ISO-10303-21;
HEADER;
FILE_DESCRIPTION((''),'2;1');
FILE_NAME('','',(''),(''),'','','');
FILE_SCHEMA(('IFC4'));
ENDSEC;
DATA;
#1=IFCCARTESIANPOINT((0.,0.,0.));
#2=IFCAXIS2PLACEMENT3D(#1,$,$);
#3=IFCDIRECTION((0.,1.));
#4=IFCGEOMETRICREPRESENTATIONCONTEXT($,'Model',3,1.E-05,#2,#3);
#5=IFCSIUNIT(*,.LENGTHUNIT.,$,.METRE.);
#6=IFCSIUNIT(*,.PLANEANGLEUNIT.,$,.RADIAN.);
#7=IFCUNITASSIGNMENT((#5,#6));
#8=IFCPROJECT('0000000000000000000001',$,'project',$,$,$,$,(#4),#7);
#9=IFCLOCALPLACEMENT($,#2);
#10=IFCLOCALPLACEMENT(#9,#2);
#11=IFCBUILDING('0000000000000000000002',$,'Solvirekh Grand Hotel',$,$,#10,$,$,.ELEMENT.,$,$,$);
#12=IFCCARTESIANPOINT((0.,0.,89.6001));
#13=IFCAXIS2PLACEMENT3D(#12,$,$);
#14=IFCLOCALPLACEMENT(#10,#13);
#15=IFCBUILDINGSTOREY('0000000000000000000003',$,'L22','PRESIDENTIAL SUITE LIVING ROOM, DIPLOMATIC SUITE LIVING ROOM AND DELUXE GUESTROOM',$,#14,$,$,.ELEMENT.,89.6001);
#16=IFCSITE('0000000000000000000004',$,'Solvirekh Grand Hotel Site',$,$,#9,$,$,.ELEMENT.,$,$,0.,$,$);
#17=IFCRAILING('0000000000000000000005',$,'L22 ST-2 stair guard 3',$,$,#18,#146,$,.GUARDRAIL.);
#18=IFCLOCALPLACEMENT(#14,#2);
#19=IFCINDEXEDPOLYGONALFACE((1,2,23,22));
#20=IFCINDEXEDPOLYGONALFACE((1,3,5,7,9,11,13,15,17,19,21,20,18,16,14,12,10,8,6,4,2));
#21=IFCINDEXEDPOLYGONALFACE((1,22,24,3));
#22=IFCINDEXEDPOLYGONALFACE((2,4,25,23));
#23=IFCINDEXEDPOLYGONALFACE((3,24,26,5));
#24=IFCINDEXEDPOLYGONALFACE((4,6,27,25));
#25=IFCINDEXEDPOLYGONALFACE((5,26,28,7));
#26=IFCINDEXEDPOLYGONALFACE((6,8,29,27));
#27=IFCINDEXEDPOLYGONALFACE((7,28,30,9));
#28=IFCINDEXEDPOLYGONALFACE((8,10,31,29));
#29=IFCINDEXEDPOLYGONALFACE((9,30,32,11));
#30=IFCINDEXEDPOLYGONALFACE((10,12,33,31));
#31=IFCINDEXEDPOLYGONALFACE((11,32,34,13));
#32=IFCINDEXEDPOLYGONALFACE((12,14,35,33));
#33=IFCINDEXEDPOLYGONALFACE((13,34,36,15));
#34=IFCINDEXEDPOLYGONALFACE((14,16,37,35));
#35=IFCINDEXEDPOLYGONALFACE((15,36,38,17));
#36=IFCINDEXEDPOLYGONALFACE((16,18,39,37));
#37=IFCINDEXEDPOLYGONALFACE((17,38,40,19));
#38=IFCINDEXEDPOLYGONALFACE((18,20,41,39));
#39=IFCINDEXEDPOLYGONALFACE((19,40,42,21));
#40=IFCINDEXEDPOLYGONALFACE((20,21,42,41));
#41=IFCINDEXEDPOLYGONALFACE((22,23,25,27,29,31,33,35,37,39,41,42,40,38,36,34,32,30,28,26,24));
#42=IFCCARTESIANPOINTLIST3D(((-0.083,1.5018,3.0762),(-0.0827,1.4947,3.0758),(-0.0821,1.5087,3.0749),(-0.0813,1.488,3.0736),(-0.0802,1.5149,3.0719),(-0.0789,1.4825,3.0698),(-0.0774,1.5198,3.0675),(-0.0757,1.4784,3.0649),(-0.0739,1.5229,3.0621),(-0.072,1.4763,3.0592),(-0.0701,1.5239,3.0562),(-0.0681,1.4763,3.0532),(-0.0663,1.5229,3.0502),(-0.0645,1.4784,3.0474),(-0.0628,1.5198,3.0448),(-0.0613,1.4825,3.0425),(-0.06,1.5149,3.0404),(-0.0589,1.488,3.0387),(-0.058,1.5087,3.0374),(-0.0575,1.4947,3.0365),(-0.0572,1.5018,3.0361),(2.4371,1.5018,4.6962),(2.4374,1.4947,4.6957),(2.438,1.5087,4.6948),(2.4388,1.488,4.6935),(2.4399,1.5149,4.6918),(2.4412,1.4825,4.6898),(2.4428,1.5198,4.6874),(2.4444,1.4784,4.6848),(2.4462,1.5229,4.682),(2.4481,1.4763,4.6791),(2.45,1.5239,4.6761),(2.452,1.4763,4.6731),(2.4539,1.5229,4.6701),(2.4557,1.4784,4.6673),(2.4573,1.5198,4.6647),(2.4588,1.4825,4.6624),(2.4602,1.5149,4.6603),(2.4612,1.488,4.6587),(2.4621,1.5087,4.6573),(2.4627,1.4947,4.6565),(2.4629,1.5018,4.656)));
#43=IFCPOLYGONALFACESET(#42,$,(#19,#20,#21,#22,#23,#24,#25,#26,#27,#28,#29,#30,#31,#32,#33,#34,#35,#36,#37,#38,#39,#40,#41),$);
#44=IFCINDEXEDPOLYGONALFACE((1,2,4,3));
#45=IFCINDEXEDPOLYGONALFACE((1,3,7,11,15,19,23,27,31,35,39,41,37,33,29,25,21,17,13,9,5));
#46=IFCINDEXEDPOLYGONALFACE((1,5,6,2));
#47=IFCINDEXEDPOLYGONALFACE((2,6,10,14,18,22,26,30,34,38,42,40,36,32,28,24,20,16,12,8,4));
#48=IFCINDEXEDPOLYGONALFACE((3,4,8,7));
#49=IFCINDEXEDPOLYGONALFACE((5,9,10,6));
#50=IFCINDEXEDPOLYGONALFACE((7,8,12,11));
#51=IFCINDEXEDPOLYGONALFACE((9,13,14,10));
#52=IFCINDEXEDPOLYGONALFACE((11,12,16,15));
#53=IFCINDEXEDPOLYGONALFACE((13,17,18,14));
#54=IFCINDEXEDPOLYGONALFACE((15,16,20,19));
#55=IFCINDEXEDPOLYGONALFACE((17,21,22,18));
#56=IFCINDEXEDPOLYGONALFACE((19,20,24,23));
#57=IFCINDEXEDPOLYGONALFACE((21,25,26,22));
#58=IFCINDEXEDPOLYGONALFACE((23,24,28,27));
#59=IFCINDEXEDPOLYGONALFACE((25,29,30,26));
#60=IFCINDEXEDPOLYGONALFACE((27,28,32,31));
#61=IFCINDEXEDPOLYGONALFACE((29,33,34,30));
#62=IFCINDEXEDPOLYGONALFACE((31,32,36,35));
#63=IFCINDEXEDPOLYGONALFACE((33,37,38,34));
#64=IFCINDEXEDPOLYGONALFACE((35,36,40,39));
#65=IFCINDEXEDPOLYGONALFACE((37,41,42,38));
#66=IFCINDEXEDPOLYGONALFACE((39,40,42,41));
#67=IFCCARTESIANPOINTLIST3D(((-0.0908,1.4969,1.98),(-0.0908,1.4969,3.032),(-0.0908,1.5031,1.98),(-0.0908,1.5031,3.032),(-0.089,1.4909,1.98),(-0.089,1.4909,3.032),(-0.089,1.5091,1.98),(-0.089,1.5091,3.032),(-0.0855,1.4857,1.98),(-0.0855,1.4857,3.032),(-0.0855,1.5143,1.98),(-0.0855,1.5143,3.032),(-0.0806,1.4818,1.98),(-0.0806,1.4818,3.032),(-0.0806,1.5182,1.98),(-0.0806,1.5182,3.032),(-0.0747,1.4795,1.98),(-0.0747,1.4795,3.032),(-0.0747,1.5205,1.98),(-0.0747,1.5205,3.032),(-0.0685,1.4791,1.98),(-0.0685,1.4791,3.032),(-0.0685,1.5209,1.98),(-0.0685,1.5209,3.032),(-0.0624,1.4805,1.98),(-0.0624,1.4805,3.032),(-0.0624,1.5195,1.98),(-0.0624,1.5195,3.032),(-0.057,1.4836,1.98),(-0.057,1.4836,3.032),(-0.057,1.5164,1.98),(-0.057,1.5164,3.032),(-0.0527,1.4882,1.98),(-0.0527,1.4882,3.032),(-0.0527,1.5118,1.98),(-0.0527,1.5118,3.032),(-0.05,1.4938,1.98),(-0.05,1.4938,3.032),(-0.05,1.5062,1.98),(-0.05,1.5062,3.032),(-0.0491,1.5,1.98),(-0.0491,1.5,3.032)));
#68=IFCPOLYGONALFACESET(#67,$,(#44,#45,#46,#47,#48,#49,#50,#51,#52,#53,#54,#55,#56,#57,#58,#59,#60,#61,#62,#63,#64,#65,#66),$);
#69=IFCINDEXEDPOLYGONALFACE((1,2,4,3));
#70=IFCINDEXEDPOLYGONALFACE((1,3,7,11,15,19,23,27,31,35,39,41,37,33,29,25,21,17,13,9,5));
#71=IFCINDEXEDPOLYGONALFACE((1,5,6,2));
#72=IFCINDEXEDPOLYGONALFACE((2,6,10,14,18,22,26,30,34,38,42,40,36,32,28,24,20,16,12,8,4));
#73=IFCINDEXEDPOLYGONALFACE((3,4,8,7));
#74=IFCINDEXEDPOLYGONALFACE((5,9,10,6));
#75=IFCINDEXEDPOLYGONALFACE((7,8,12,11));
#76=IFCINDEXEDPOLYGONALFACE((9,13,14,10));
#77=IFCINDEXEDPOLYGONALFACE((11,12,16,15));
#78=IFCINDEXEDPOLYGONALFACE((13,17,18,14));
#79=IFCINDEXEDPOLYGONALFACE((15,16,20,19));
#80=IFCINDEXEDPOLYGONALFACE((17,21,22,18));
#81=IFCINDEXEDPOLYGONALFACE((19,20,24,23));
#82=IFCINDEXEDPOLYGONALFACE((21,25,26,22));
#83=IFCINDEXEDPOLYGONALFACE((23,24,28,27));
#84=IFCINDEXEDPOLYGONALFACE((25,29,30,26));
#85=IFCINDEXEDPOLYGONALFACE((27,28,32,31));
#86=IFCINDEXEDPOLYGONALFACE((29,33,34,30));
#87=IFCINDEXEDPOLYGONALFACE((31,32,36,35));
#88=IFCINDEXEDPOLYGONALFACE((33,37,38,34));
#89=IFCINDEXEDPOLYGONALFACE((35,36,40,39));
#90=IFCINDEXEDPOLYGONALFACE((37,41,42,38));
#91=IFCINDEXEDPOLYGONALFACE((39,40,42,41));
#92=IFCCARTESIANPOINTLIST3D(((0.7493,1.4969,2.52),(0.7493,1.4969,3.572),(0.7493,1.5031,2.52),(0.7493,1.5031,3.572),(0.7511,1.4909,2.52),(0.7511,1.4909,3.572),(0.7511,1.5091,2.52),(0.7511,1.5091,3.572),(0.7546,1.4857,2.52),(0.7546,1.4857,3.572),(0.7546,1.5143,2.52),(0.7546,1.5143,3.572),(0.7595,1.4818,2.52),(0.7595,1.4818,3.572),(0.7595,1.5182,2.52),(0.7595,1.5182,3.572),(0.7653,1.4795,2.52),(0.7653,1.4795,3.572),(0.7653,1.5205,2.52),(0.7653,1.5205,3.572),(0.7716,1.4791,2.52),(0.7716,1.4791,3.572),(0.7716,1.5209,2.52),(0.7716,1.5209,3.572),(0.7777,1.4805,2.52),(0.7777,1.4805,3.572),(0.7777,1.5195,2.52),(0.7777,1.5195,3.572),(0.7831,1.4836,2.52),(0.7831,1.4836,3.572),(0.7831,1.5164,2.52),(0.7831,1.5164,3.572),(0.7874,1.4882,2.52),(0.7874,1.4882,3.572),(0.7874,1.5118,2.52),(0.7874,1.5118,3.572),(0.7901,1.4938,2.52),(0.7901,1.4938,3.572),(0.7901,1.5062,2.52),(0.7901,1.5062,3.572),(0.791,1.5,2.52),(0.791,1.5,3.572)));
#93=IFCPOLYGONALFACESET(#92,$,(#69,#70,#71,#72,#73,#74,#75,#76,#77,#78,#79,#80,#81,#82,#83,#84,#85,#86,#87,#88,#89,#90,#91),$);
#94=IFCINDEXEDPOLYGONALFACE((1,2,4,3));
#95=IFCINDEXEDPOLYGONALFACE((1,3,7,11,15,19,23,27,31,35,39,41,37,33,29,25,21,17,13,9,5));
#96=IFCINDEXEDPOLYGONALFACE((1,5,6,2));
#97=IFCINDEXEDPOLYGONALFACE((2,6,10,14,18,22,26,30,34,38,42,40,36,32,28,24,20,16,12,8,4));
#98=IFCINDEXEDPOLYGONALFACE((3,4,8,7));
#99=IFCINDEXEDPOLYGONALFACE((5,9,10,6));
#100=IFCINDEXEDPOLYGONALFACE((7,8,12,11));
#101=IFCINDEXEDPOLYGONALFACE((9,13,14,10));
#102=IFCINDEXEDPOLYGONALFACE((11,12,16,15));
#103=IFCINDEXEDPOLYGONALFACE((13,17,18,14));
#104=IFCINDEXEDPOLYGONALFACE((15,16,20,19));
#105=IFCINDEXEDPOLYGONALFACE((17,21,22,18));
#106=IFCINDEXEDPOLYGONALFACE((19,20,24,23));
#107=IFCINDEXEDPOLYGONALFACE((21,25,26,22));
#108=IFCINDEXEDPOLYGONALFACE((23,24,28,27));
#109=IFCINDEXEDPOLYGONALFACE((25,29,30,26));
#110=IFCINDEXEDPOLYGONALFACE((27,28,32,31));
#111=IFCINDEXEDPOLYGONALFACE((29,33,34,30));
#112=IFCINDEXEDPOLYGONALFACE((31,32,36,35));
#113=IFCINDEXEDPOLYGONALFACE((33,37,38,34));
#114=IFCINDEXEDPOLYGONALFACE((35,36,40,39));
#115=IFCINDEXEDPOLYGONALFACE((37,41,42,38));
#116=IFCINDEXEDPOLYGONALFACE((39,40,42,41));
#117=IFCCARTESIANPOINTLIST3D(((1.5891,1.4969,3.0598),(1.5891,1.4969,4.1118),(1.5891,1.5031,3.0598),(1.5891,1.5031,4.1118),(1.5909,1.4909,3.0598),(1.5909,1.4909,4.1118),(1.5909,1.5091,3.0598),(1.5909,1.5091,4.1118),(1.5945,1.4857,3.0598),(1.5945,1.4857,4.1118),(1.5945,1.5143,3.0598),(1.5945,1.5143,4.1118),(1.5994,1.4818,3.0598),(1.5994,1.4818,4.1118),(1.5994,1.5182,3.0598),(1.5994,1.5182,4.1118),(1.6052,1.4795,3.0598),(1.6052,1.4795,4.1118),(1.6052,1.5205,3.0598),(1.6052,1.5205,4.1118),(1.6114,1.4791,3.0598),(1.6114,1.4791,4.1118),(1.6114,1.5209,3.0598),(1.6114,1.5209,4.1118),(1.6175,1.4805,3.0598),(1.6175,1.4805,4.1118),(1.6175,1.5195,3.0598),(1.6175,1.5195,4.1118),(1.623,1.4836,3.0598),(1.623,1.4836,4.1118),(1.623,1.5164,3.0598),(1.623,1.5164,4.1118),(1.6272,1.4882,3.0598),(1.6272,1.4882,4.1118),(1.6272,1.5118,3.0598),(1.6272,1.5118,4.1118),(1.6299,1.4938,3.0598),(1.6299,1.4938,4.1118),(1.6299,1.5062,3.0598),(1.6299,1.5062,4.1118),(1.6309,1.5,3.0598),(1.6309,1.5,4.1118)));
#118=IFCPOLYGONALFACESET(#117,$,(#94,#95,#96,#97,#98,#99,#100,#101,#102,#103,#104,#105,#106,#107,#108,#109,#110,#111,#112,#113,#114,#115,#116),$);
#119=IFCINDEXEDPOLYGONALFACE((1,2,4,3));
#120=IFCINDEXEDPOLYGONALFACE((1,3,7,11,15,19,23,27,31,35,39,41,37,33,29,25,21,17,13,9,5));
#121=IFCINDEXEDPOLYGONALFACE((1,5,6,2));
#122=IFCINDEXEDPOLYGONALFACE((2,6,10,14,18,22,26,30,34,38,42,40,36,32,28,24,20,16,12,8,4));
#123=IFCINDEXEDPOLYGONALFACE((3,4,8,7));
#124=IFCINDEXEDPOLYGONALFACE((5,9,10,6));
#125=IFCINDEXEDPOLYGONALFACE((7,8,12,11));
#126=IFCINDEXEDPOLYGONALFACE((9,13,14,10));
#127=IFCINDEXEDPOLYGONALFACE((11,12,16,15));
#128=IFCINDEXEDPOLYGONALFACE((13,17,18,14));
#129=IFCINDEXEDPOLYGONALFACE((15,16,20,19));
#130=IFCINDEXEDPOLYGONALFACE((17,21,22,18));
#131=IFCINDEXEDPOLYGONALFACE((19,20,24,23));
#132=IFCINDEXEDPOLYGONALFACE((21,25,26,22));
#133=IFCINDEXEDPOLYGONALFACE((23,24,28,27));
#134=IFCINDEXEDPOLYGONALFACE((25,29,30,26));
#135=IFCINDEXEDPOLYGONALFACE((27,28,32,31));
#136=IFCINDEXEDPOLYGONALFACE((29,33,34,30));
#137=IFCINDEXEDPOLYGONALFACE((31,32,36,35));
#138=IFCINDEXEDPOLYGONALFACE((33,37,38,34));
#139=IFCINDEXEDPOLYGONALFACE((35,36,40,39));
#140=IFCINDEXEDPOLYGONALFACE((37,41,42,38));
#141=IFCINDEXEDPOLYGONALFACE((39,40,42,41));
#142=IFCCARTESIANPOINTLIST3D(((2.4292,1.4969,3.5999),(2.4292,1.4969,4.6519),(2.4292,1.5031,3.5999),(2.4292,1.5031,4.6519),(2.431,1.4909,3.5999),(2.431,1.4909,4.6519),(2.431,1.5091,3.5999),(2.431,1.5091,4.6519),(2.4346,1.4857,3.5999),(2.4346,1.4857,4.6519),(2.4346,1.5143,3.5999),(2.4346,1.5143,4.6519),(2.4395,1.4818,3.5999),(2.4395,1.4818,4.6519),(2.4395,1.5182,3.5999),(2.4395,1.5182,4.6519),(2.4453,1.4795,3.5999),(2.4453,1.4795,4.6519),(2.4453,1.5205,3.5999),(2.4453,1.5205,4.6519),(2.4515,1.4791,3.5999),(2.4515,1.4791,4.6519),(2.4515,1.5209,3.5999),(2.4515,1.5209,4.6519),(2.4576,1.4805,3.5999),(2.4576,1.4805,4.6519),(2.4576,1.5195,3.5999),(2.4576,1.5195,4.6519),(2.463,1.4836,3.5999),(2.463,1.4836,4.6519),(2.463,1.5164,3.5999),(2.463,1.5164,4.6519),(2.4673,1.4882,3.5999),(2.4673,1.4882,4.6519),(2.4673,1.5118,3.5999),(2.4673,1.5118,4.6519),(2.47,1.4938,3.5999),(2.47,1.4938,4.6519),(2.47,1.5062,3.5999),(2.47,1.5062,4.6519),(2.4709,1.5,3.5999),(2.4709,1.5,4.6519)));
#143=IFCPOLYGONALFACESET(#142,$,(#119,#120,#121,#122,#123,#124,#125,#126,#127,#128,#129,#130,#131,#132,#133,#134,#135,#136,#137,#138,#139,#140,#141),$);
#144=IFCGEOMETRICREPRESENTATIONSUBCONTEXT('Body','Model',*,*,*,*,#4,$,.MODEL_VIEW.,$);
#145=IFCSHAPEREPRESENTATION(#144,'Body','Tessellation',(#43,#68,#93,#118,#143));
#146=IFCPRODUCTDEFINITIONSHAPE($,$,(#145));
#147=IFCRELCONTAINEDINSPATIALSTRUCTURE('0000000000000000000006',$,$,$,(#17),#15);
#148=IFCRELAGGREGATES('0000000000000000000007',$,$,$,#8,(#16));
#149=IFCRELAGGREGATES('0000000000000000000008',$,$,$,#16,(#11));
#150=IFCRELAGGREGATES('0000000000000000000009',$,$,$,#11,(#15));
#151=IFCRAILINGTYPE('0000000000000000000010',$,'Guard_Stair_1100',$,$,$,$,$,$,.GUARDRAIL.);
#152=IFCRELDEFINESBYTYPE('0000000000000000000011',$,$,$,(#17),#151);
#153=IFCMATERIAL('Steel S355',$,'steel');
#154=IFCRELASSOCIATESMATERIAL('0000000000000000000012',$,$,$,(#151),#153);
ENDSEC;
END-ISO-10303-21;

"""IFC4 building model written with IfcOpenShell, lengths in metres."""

from ifc_helpers import new_model, si_unit, direction, frame, origin, origin_2d, place, context, subcontext, project, spatial, circle, extrude, material, type_object, element, save


model = new_model("IFC4")

# Units and contexts
model_context = context("Model", 3, precision=1e-05, world=origin(), true_north=direction((0.0, 1.0)))
body_context = subcontext(model_context, "Body", "Model", "MODEL_VIEW")
ifc_project = project(units=[si_unit("LENGTHUNIT", "METRE"), si_unit("PLANEANGLEUNIT", "RADIAN")], contexts=[model_context])

# Site, building, storey
site_placement = place(None, origin())
site = spatial("IfcSite", under=ifc_project, at=site_placement, Name="Solvirekh Grand Hotel Site", CompositionType="ELEMENT", RefElevation=0.0)
building_placement = place(site_placement, origin())
building = spatial("IfcBuilding", under=site, at=building_placement, Name="Solvirekh Grand Hotel", CompositionType="ELEMENT")
storey_placement = place(building_placement, frame((0.0, 0.0, 89.6001)))
storey = spatial("IfcBuildingStorey", under=building, at=storey_placement, Name="L22", Description="PRESIDENTIAL SUITE LIVING ROOM, DIPLOMATIC SUITE LIVING ROOM AND DELUXE GUESTROOM", CompositionType="ELEMENT", Elevation=89.6001)

# Railing
ifc_material_1 = material(Name="Steel S355", Category="steel")
railing_type_1 = type_object("IfcRailingType", Name="Guard_Stair_1100", PredefinedType="GUARDRAIL", material=ifc_material_1)
railing_1_placement = place(storey_placement, frame((-0.0701, 1.5, 1.98)))
element("IfcRailing", 1, at=railing_1_placement, inside=storey, type_object=railing_type_1, Name="L22 ST-2 stair guard 3", PredefinedType="GUARDRAIL", context=body_context, shape_type="SweptSolid", body=[
    extrude(circle(Radius=0.0239, at=origin_2d()), frame((0.0, 0.0, 1.0762), z_axis=(0.8412, 0.0, 0.540725), x_axis=(0.0, 1.0, 0.0)), (0.0, 0.0, 1.0), 2.9958),
    extrude(circle(Radius=0.021, at=origin_2d()), origin(), (0.0, 0.0, 1.0), 1.052),
    extrude(circle(Radius=0.021, at=origin_2d()), frame((0.8401, 0.0, 0.54)), (0.0, 0.0, 1.0), 1.052),
    extrude(circle(Radius=0.021, at=origin_2d()), frame((1.6799, 0.0, 1.0798)), (0.0, 0.0, 1.0), 1.052),
    extrude(circle(Radius=0.021, at=origin_2d()), frame((2.52, 0.0, 1.6199)), (0.0, 0.0, 1.0), 1.052),
])

save(model, "model.ifc")
